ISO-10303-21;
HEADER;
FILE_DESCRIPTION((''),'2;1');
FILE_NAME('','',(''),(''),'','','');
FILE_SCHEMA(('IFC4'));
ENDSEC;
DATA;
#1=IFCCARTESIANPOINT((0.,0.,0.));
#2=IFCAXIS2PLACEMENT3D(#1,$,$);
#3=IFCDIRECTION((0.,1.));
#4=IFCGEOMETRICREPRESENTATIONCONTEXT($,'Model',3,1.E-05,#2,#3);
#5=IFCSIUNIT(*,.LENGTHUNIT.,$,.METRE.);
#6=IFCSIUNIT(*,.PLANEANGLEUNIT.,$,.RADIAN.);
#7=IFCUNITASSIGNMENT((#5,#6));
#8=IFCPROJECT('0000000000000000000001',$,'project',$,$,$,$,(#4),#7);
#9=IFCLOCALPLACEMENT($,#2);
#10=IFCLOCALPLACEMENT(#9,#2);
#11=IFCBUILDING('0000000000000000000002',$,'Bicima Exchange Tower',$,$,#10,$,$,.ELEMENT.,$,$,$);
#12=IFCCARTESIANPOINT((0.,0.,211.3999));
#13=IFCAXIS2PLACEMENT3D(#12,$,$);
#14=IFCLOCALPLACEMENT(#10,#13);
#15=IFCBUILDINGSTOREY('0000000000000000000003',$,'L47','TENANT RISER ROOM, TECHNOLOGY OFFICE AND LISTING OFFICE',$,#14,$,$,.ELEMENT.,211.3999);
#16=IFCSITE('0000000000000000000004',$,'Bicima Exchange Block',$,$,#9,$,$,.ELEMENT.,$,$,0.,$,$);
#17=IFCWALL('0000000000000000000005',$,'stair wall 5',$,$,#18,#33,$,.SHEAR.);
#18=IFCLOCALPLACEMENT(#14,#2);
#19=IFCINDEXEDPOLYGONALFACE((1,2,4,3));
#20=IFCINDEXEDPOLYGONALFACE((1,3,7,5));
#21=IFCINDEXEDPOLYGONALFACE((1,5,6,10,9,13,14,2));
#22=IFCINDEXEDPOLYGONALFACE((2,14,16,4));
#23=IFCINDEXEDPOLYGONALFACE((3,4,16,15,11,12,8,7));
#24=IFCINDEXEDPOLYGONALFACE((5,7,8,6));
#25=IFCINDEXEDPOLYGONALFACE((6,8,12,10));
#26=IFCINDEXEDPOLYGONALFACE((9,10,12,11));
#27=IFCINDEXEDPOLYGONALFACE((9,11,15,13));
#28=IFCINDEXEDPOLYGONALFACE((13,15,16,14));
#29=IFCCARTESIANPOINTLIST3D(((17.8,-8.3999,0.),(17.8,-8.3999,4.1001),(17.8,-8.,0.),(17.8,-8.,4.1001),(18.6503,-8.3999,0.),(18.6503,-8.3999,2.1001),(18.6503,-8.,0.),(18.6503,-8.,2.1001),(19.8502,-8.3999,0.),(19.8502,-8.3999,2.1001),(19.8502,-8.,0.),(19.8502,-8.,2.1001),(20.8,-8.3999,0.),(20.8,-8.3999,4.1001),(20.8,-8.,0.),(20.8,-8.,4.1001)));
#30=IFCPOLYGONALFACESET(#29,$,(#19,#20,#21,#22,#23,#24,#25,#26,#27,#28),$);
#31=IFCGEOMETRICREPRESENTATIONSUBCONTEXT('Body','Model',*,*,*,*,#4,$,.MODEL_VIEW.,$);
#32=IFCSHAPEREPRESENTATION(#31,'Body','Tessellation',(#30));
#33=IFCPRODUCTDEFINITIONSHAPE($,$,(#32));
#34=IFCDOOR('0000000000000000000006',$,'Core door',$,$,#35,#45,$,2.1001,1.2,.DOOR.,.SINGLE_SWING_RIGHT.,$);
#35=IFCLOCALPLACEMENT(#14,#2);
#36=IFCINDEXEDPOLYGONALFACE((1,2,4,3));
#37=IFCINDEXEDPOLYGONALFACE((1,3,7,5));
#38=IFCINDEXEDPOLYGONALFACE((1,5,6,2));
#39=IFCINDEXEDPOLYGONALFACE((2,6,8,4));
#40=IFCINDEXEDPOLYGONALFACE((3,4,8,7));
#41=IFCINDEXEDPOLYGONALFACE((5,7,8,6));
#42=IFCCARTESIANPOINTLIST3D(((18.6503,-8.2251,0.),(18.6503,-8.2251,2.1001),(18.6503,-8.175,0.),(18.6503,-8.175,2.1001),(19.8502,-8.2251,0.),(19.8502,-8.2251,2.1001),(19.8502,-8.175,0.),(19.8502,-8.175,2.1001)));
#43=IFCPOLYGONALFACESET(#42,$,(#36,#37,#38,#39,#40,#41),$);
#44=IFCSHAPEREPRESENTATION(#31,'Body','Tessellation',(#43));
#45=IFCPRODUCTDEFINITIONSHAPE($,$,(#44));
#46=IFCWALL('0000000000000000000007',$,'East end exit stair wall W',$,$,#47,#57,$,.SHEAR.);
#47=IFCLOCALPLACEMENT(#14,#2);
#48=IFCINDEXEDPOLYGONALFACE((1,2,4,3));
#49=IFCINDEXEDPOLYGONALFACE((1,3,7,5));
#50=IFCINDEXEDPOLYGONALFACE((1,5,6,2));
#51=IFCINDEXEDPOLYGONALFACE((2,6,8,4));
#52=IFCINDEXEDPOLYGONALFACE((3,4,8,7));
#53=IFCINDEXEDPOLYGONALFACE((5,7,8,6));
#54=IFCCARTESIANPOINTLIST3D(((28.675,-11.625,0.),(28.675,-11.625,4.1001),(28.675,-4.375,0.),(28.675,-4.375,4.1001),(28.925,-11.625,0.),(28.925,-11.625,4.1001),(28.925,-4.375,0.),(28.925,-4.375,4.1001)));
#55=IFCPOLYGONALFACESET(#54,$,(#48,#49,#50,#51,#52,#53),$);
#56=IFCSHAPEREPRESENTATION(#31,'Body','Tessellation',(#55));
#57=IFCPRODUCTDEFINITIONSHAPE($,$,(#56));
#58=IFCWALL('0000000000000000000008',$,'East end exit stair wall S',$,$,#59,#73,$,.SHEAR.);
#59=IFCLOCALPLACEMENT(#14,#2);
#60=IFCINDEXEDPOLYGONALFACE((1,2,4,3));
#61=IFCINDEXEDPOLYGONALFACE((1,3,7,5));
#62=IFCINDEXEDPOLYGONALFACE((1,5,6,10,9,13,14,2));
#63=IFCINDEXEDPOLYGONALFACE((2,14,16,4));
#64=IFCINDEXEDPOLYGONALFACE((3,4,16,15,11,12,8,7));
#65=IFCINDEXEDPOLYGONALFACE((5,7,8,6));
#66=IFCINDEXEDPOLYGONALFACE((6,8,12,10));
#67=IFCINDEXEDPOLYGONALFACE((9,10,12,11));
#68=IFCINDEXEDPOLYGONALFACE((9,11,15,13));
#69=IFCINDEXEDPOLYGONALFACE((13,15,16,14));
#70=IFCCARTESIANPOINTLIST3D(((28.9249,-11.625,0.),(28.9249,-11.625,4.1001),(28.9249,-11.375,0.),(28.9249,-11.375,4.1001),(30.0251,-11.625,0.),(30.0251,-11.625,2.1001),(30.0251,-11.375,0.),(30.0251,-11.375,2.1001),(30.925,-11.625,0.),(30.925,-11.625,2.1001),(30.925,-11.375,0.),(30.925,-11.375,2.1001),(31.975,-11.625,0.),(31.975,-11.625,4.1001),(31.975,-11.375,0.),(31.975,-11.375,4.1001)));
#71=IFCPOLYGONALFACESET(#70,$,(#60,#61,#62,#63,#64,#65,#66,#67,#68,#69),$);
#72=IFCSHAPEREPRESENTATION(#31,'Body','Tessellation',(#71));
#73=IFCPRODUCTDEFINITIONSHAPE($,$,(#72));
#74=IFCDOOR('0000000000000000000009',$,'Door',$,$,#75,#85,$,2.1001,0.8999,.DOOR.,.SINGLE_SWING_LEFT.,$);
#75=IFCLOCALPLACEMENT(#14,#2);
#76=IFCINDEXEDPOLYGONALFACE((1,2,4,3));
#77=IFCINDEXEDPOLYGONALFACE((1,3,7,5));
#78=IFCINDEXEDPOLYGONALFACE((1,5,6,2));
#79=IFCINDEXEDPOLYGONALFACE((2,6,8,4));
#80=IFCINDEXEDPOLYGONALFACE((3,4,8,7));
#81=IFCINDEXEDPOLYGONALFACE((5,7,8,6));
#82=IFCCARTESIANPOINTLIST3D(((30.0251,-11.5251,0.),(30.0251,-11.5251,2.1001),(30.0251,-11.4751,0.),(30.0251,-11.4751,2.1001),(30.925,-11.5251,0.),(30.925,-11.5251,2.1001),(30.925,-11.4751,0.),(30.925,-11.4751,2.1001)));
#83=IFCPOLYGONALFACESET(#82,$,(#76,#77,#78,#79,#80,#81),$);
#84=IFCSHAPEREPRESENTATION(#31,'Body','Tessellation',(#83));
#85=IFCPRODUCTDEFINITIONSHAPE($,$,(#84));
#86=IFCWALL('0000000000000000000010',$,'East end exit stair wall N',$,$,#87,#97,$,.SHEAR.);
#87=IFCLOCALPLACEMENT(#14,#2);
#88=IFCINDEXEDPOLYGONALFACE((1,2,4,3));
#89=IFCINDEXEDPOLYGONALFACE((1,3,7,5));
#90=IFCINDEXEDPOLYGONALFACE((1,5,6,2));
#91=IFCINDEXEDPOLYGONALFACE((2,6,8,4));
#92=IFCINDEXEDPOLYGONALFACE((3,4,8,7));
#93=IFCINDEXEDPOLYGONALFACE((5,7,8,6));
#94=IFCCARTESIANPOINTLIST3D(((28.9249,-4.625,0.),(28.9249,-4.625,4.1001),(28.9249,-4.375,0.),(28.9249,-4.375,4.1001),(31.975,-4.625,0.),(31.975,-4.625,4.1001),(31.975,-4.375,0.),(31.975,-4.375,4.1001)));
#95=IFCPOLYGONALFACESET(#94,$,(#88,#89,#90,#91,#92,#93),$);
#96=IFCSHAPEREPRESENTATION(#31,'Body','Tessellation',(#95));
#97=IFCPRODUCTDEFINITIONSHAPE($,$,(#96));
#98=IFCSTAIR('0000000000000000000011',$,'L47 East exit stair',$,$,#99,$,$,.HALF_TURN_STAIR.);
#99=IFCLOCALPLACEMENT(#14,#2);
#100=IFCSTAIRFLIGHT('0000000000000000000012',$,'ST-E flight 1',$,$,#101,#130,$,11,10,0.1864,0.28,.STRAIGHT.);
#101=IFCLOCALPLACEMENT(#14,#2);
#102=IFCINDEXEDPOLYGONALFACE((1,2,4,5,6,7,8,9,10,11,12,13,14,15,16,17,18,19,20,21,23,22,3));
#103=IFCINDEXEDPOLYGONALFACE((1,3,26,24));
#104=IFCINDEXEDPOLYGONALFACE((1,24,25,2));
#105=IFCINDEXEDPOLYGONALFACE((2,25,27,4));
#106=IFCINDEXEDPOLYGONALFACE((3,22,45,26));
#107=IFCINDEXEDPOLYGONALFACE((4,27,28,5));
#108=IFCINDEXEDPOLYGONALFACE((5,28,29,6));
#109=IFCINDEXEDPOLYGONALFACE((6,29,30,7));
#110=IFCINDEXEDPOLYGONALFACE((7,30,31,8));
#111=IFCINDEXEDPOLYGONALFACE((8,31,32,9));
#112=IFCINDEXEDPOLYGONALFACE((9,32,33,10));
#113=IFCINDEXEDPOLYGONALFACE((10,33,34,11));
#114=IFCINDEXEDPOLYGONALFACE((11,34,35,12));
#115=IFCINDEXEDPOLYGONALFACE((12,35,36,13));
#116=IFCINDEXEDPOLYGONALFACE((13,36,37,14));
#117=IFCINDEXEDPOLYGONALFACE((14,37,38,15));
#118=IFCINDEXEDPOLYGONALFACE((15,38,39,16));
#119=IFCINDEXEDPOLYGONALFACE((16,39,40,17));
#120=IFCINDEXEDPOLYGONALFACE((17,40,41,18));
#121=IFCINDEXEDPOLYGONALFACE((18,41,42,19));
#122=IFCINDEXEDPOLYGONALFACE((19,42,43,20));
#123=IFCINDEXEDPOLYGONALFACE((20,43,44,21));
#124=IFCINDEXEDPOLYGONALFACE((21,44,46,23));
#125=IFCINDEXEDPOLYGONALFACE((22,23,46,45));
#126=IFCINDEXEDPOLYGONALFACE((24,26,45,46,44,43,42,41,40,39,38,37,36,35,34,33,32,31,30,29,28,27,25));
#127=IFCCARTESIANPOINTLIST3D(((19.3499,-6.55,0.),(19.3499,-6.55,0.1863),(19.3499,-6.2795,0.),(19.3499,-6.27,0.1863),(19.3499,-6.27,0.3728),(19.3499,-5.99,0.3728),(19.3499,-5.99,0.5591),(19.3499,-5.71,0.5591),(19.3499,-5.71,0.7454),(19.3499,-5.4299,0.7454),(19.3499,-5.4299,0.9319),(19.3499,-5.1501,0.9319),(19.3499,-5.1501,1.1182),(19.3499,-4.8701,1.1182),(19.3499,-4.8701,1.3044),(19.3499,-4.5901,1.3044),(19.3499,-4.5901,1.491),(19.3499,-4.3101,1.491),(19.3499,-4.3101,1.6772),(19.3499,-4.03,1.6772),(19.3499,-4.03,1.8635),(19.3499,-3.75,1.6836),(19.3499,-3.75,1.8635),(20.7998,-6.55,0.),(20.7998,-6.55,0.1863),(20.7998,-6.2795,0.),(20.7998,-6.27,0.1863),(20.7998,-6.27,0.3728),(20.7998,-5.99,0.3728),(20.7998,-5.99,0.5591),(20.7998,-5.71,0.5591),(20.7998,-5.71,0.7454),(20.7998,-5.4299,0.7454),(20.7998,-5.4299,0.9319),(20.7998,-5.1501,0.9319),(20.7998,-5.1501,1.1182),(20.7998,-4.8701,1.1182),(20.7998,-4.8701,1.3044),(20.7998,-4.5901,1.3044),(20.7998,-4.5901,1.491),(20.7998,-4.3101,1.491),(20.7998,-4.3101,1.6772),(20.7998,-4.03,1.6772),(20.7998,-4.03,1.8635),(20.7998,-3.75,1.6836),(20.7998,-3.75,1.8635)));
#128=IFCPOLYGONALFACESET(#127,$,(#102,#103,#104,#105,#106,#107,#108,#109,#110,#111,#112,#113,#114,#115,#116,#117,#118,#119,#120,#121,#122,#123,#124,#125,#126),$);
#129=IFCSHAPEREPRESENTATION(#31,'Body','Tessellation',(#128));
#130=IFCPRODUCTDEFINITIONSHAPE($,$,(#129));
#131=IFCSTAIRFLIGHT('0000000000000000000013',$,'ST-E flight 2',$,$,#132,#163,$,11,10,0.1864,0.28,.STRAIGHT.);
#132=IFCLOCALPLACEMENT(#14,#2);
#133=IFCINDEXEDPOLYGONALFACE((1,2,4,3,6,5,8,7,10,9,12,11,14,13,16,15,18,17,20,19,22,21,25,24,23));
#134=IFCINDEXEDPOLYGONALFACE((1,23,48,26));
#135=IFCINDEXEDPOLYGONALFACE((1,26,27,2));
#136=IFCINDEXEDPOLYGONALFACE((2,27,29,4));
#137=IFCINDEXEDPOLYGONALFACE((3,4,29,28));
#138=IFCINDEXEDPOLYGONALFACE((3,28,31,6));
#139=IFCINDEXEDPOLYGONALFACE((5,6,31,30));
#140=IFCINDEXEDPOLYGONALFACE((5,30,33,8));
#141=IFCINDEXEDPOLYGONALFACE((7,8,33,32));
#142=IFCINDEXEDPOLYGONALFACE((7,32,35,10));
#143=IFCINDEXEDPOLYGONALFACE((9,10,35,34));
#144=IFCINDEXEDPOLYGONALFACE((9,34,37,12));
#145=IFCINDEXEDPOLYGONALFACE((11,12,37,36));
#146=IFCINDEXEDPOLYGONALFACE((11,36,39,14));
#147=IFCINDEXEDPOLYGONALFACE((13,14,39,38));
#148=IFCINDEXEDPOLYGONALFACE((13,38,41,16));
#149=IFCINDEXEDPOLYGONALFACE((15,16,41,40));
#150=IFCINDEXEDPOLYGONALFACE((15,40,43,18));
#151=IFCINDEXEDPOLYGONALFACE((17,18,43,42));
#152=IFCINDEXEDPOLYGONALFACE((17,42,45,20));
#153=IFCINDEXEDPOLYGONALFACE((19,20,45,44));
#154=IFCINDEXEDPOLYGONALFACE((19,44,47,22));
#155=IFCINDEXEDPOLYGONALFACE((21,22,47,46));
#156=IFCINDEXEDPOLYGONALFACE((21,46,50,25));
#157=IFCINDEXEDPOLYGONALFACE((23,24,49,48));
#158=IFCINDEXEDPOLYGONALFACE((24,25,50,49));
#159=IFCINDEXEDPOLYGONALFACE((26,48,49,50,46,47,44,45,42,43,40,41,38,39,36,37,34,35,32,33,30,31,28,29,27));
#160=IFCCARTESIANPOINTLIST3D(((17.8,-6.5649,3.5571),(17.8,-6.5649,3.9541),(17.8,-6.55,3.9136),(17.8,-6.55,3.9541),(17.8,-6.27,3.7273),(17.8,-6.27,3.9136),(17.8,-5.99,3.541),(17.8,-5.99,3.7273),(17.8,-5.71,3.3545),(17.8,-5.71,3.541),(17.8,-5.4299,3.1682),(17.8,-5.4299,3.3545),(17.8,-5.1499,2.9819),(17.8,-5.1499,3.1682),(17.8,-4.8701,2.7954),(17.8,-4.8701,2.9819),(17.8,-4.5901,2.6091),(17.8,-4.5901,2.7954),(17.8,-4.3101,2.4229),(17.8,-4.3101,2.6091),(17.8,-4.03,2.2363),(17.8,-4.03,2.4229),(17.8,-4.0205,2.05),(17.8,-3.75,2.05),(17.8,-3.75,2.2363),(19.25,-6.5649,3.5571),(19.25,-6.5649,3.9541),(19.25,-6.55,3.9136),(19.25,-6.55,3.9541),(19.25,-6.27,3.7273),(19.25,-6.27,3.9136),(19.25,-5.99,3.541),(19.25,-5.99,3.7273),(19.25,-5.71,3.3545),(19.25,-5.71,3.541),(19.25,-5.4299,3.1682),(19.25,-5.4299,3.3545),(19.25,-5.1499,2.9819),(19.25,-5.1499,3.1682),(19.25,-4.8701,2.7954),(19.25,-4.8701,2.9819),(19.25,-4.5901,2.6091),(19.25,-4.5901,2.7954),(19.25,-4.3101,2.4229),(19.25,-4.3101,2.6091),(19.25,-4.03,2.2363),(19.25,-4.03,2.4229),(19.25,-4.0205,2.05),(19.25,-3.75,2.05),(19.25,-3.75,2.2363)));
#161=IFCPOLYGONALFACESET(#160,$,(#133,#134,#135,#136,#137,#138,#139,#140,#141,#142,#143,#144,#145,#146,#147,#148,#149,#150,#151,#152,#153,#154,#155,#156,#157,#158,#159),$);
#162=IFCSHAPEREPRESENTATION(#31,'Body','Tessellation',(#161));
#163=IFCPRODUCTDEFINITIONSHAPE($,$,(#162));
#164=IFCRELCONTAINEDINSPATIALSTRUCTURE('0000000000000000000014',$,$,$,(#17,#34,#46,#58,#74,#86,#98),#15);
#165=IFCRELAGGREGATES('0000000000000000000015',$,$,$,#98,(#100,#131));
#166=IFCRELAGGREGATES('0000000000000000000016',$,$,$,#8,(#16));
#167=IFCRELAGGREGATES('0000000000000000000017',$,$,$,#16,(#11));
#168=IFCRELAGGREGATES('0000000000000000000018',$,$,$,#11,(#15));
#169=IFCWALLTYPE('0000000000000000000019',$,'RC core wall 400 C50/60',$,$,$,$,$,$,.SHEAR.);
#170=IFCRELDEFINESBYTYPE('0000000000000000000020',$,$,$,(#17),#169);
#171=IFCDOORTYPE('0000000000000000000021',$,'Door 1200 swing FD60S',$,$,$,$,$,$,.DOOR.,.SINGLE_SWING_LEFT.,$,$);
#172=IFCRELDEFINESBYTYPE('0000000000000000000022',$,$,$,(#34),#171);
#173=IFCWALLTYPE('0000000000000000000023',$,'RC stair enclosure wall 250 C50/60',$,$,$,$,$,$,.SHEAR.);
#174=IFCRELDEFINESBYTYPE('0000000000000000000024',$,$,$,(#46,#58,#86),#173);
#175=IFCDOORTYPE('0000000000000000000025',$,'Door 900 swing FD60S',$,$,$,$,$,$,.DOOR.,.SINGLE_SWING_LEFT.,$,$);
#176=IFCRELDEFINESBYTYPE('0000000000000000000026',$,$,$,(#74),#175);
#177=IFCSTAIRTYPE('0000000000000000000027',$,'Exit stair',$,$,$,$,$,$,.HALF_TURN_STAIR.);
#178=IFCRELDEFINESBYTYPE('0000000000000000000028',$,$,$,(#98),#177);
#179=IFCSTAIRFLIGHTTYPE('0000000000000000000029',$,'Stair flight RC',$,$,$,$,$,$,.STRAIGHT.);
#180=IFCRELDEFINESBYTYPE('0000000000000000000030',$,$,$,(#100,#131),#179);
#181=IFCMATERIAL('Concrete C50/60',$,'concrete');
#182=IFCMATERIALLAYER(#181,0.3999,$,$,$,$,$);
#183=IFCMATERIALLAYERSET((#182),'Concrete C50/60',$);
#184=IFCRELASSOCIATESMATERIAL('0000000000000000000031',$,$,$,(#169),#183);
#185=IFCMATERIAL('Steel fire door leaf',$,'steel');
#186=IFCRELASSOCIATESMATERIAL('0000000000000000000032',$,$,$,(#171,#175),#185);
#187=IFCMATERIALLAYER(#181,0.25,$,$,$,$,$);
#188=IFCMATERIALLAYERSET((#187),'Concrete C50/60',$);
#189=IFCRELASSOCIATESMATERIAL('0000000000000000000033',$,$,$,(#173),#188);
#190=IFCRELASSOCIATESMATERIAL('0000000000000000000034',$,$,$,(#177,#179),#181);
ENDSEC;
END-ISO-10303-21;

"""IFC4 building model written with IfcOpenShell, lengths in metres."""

from ifc_helpers import new_model, si_unit, direction, frame, frame_2d, origin, place, context, subcontext, project, spatial, polyline, rectangle, outline, extrude, material, layer, layer_set, type_object, element, fill, aggregate, save


model = new_model("IFC4")

# Units and contexts
model_context = context("Model", 3, precision=1e-05, world=origin(), true_north=direction((0.0, 1.0)))
body_context = subcontext(model_context, "Body", "Model", "MODEL_VIEW")
ifc_project = project(units=[si_unit("LENGTHUNIT", "METRE"), si_unit("PLANEANGLEUNIT", "RADIAN")], contexts=[model_context])

# Site, building, storey
site_placement = place(None, origin())
site = spatial("IfcSite", under=ifc_project, at=site_placement, Name="Bicima Exchange Block", CompositionType="ELEMENT", RefElevation=0.0)
building_placement = place(site_placement, origin())
building = spatial("IfcBuilding", under=site, at=building_placement, Name="Bicima Exchange Tower", CompositionType="ELEMENT")
storey_placement = place(building_placement, frame((0.0, 0.0, 211.3999)))
storey = spatial("IfcBuildingStorey", under=building, at=storey_placement, Name="L47", Description="TENANT RISER ROOM, TECHNOLOGY OFFICE AND LISTING OFFICE", CompositionType="ELEMENT", Elevation=211.3999)

# Shared definitions
ifc_material_1 = material(Name="Concrete C50/60", Category="concrete")

# Wall, opening, door
ifc_layer_1 = layer(ifc_material_1, 0.3999)
ifc_layer_set_1 = layer_set([ifc_layer_1], Name="Concrete C50/60")
wall_type_1 = type_object("IfcWallType", Name="RC core wall 400 C50/60", PredefinedType="SHEAR", material=ifc_layer_set_1)
wall_1_placement = place(storey_placement, frame((17.8, -8.2, 0.0), z_axis=(0.0, 0.0, 1.0), x_axis=(1.0, 0.0, 0.0)))
wall_1 = element("IfcWall", 1, at=wall_1_placement, inside=storey, type_object=wall_type_1, Name="stair wall 5", PredefinedType="SHEAR", context=body_context, shape_type="SweptSolid", body=[
    extrude(rectangle(XDim=3.0, YDim=0.3999, at=frame_2d((1.5, 0.0))), origin(), (0.0, 0.0, 1.0), 4.1001),
])
opening_1_placement = place(wall_1_placement, frame((0.8501, 0.0, 0.0)))
opening_1 = element("IfcOpeningElement", 2, at=opening_1_placement, cuts=wall_1, PredefinedType="OPENING", context=body_context, shape_type="SweptSolid", body=[
    extrude(rectangle(XDim=1.2, YDim=2.1001, at=frame_2d((0.6001, 1.05))), frame((0.0, 0.2119, 0.0), z_axis=(0.0, -1.0, 0.0), x_axis=(1.0, 0.0, 0.0)), (0.0, 0.0, 1.0), 0.4238),
])
ifc_material_2 = material(Name="Steel fire door leaf", Category="steel")
door_type_1 = type_object("IfcDoorType", Name="Door 1200 swing FD60S", OperationType="SINGLE_SWING_LEFT", PredefinedType="DOOR", material=ifc_material_2)
door_1_placement = place(opening_1_placement, origin())
door_1 = element("IfcDoor", 3, at=door_1_placement, inside=storey, type_object=door_type_1, Name="Core door", OperationType="SINGLE_SWING_RIGHT", OverallHeight=2.1001, OverallWidth=1.2, PredefinedType="DOOR", context=body_context, shape_type="SweptSolid", body=[
    extrude(rectangle(XDim=1.2, YDim=2.1001, at=frame_2d((0.6001, 1.05))), frame((0.0, 0.0249, 0.0), z_axis=(0.0, -1.0, 0.0), x_axis=(1.0, 0.0, 0.0)), (0.0, 0.0, 1.0), 0.05),
])
fill(opening_1, door_1)

# Wall
ifc_layer_2 = layer(ifc_material_1, 0.25)
ifc_layer_set_2 = layer_set([ifc_layer_2], Name="Concrete C50/60")
wall_type_2 = type_object("IfcWallType", Name="RC stair enclosure wall 250 C50/60", PredefinedType="SHEAR", material=ifc_layer_set_2)
wall_2_placement = place(storey_placement, frame((28.8, -11.625, 0.0), z_axis=(0.0, 0.0, 1.0), x_axis=(0.0, 1.0, 0.0)))
element("IfcWall", 4, at=wall_2_placement, inside=storey, type_object=wall_type_2, Name="East end exit stair wall W", PredefinedType="SHEAR", context=body_context, shape_type="SweptSolid", body=[
    extrude(rectangle(XDim=7.25, YDim=0.25, at=frame_2d((3.625, 0.0))), origin(), (0.0, 0.0, 1.0), 4.1001),
])

# Wall, opening, door
wall_3_placement = place(storey_placement, frame((28.925, -11.5, 0.0), z_axis=(0.0, 0.0, 1.0), x_axis=(1.0, 0.0, 0.0)))
wall_3 = element("IfcWall", 5, at=wall_3_placement, inside=storey, type_object=wall_type_2, Name="East end exit stair wall S", PredefinedType="SHEAR", context=body_context, shape_type="SweptSolid", body=[
    extrude(rectangle(XDim=3.05, YDim=0.25, at=frame_2d((1.5249, 0.0))), origin(), (0.0, 0.0, 1.0), 4.1001),
])
opening_2_placement = place(wall_3_placement, frame((1.1001, 0.0, 0.0)))
opening_2 = element("IfcOpeningElement", 6, at=opening_2_placement, cuts=wall_3, PredefinedType="OPENING", context=body_context, shape_type="SweptSolid", body=[
    extrude(rectangle(XDim=0.8999, YDim=2.1001, at=frame_2d((0.45, 1.05))), frame((0.0, 0.137, 0.0), z_axis=(0.0, -1.0, 0.0), x_axis=(1.0, 0.0, 0.0)), (0.0, 0.0, 1.0), 0.2739),
])
door_type_2 = type_object("IfcDoorType", Name="Door 900 swing FD60S", OperationType="SINGLE_SWING_LEFT", PredefinedType="DOOR", material=ifc_material_2)
door_2_placement = place(opening_2_placement, origin())
door_2 = element("IfcDoor", 7, at=door_2_placement, inside=storey, type_object=door_type_2, Name="Door", OperationType="SINGLE_SWING_LEFT", OverallHeight=2.1001, OverallWidth=0.8999, PredefinedType="DOOR", context=body_context, shape_type="SweptSolid", body=[
    extrude(rectangle(XDim=0.8999, YDim=2.1001, at=frame_2d((0.45, 1.05))), frame((0.0, 0.0249, 0.0), z_axis=(0.0, -1.0, 0.0), x_axis=(1.0, 0.0, 0.0)), (0.0, 0.0, 1.0), 0.05),
])
fill(opening_2, door_2)

# Wall
wall_4_placement = place(storey_placement, frame((28.925, -4.5, 0.0), z_axis=(0.0, 0.0, 1.0), x_axis=(1.0, 0.0, 0.0)))
element("IfcWall", 8, at=wall_4_placement, inside=storey, type_object=wall_type_2, Name="East end exit stair wall N", PredefinedType="SHEAR", context=body_context, shape_type="SweptSolid", body=[
    extrude(rectangle(XDim=3.05, YDim=0.25, at=frame_2d((1.5249, 0.0))), origin(), (0.0, 0.0, 1.0), 4.1001),
])

# Stair, stair flights
stair_type = type_object("IfcStairType", Name="Exit stair", PredefinedType="HALF_TURN_STAIR", material=ifc_material_1)
stair_1_placement = place(storey_placement, origin())
stair_1 = element("IfcStair", 9, at=stair_1_placement, inside=storey, type_object=stair_type, Name="L47 East exit stair", PredefinedType="HALF_TURN_STAIR")
stair_flight_type = type_object("IfcStairFlightType", Name="Stair flight RC", PredefinedType="STRAIGHT", material=ifc_material_1)
stair_flight_1_placement = place(storey_placement, frame((20.075, -6.55, 0.0), z_axis=(0.0, 0.0, 1.0), x_axis=(0.0, 1.0, 0.0)))
stair_flight_1 = element("IfcStairFlight", 10, at=stair_flight_1_placement, type_object=stair_flight_type, Name="ST-E flight 1", NumberOfRisers=11, NumberOfTreads=10, PredefinedType="STRAIGHT", RiserHeight=0.1864, TreadLength=0.28, context=body_context, shape_type="SweptSolid", body=[
    extrude(outline(polyline([(0.0, 0.0), (0.0, 0.1863), (0.28, 0.1863), (0.28, 0.3728), (0.5601, 0.3728), (0.5601, 0.5591), (0.8401, 0.5591), (0.8401, 0.7454), (1.1201, 0.7454), (1.1201, 0.9319), (1.3999, 0.9319), (1.3999, 1.1182), (1.6799, 1.1182), (1.6799, 1.3044), (1.96, 1.3044), (1.96, 1.491), (2.24, 1.491), (2.24, 1.6772), (2.52, 1.6772), (2.52, 1.8635), (2.8, 1.8635), (2.8, 2.05), (2.8, 1.6836), (0.2705, 0.0), (0.0, 0.0)])), frame((0.0, 0.7251, 0.0), z_axis=(0.0, -1.0, 0.0), x_axis=(1.0, 0.0, 0.0)), (0.0, 0.0, 1.0), 1.45),
])
stair_flight_2_placement = place(storey_placement, frame((18.5249, -3.75, 2.05), z_axis=(0.0, 0.0, 1.0), x_axis=(0.0, -1.0, 0.0)))
stair_flight_2 = element("IfcStairFlight", 11, at=stair_flight_2_placement, type_object=stair_flight_type, Name="ST-E flight 2", NumberOfRisers=11, NumberOfTreads=10, PredefinedType="STRAIGHT", RiserHeight=0.1864, TreadLength=0.28, context=body_context, shape_type="SweptSolid", body=[
    extrude(outline(polyline([(0.0, 0.0), (0.0, 0.1863), (0.28, 0.1863), (0.28, 0.3728), (0.5601, 0.3728), (0.5601, 0.5591), (0.8401, 0.5591), (0.8401, 0.7454), (1.1201, 0.7454), (1.1201, 0.9319), (1.3999, 0.9319), (1.3999, 1.1182), (1.6799, 1.1182), (1.6799, 1.3044), (1.96, 1.3044), (1.96, 1.491), (2.24, 1.491), (2.24, 1.6772), (2.52, 1.6772), (2.52, 1.8635), (2.8, 1.8635), (2.8, 1.9041), (2.8149, 1.9041), (2.8149, 1.5071), (0.2705, 0.0), (0.0, 0.0)])), frame((0.0, 0.7251, 0.0), z_axis=(0.0, -1.0, 0.0), x_axis=(1.0, 0.0, 0.0)), (0.0, 0.0, 1.0), 1.45),
])
aggregate(stair_1, [stair_flight_1, stair_flight_2])

save(model, "model.ifc")
